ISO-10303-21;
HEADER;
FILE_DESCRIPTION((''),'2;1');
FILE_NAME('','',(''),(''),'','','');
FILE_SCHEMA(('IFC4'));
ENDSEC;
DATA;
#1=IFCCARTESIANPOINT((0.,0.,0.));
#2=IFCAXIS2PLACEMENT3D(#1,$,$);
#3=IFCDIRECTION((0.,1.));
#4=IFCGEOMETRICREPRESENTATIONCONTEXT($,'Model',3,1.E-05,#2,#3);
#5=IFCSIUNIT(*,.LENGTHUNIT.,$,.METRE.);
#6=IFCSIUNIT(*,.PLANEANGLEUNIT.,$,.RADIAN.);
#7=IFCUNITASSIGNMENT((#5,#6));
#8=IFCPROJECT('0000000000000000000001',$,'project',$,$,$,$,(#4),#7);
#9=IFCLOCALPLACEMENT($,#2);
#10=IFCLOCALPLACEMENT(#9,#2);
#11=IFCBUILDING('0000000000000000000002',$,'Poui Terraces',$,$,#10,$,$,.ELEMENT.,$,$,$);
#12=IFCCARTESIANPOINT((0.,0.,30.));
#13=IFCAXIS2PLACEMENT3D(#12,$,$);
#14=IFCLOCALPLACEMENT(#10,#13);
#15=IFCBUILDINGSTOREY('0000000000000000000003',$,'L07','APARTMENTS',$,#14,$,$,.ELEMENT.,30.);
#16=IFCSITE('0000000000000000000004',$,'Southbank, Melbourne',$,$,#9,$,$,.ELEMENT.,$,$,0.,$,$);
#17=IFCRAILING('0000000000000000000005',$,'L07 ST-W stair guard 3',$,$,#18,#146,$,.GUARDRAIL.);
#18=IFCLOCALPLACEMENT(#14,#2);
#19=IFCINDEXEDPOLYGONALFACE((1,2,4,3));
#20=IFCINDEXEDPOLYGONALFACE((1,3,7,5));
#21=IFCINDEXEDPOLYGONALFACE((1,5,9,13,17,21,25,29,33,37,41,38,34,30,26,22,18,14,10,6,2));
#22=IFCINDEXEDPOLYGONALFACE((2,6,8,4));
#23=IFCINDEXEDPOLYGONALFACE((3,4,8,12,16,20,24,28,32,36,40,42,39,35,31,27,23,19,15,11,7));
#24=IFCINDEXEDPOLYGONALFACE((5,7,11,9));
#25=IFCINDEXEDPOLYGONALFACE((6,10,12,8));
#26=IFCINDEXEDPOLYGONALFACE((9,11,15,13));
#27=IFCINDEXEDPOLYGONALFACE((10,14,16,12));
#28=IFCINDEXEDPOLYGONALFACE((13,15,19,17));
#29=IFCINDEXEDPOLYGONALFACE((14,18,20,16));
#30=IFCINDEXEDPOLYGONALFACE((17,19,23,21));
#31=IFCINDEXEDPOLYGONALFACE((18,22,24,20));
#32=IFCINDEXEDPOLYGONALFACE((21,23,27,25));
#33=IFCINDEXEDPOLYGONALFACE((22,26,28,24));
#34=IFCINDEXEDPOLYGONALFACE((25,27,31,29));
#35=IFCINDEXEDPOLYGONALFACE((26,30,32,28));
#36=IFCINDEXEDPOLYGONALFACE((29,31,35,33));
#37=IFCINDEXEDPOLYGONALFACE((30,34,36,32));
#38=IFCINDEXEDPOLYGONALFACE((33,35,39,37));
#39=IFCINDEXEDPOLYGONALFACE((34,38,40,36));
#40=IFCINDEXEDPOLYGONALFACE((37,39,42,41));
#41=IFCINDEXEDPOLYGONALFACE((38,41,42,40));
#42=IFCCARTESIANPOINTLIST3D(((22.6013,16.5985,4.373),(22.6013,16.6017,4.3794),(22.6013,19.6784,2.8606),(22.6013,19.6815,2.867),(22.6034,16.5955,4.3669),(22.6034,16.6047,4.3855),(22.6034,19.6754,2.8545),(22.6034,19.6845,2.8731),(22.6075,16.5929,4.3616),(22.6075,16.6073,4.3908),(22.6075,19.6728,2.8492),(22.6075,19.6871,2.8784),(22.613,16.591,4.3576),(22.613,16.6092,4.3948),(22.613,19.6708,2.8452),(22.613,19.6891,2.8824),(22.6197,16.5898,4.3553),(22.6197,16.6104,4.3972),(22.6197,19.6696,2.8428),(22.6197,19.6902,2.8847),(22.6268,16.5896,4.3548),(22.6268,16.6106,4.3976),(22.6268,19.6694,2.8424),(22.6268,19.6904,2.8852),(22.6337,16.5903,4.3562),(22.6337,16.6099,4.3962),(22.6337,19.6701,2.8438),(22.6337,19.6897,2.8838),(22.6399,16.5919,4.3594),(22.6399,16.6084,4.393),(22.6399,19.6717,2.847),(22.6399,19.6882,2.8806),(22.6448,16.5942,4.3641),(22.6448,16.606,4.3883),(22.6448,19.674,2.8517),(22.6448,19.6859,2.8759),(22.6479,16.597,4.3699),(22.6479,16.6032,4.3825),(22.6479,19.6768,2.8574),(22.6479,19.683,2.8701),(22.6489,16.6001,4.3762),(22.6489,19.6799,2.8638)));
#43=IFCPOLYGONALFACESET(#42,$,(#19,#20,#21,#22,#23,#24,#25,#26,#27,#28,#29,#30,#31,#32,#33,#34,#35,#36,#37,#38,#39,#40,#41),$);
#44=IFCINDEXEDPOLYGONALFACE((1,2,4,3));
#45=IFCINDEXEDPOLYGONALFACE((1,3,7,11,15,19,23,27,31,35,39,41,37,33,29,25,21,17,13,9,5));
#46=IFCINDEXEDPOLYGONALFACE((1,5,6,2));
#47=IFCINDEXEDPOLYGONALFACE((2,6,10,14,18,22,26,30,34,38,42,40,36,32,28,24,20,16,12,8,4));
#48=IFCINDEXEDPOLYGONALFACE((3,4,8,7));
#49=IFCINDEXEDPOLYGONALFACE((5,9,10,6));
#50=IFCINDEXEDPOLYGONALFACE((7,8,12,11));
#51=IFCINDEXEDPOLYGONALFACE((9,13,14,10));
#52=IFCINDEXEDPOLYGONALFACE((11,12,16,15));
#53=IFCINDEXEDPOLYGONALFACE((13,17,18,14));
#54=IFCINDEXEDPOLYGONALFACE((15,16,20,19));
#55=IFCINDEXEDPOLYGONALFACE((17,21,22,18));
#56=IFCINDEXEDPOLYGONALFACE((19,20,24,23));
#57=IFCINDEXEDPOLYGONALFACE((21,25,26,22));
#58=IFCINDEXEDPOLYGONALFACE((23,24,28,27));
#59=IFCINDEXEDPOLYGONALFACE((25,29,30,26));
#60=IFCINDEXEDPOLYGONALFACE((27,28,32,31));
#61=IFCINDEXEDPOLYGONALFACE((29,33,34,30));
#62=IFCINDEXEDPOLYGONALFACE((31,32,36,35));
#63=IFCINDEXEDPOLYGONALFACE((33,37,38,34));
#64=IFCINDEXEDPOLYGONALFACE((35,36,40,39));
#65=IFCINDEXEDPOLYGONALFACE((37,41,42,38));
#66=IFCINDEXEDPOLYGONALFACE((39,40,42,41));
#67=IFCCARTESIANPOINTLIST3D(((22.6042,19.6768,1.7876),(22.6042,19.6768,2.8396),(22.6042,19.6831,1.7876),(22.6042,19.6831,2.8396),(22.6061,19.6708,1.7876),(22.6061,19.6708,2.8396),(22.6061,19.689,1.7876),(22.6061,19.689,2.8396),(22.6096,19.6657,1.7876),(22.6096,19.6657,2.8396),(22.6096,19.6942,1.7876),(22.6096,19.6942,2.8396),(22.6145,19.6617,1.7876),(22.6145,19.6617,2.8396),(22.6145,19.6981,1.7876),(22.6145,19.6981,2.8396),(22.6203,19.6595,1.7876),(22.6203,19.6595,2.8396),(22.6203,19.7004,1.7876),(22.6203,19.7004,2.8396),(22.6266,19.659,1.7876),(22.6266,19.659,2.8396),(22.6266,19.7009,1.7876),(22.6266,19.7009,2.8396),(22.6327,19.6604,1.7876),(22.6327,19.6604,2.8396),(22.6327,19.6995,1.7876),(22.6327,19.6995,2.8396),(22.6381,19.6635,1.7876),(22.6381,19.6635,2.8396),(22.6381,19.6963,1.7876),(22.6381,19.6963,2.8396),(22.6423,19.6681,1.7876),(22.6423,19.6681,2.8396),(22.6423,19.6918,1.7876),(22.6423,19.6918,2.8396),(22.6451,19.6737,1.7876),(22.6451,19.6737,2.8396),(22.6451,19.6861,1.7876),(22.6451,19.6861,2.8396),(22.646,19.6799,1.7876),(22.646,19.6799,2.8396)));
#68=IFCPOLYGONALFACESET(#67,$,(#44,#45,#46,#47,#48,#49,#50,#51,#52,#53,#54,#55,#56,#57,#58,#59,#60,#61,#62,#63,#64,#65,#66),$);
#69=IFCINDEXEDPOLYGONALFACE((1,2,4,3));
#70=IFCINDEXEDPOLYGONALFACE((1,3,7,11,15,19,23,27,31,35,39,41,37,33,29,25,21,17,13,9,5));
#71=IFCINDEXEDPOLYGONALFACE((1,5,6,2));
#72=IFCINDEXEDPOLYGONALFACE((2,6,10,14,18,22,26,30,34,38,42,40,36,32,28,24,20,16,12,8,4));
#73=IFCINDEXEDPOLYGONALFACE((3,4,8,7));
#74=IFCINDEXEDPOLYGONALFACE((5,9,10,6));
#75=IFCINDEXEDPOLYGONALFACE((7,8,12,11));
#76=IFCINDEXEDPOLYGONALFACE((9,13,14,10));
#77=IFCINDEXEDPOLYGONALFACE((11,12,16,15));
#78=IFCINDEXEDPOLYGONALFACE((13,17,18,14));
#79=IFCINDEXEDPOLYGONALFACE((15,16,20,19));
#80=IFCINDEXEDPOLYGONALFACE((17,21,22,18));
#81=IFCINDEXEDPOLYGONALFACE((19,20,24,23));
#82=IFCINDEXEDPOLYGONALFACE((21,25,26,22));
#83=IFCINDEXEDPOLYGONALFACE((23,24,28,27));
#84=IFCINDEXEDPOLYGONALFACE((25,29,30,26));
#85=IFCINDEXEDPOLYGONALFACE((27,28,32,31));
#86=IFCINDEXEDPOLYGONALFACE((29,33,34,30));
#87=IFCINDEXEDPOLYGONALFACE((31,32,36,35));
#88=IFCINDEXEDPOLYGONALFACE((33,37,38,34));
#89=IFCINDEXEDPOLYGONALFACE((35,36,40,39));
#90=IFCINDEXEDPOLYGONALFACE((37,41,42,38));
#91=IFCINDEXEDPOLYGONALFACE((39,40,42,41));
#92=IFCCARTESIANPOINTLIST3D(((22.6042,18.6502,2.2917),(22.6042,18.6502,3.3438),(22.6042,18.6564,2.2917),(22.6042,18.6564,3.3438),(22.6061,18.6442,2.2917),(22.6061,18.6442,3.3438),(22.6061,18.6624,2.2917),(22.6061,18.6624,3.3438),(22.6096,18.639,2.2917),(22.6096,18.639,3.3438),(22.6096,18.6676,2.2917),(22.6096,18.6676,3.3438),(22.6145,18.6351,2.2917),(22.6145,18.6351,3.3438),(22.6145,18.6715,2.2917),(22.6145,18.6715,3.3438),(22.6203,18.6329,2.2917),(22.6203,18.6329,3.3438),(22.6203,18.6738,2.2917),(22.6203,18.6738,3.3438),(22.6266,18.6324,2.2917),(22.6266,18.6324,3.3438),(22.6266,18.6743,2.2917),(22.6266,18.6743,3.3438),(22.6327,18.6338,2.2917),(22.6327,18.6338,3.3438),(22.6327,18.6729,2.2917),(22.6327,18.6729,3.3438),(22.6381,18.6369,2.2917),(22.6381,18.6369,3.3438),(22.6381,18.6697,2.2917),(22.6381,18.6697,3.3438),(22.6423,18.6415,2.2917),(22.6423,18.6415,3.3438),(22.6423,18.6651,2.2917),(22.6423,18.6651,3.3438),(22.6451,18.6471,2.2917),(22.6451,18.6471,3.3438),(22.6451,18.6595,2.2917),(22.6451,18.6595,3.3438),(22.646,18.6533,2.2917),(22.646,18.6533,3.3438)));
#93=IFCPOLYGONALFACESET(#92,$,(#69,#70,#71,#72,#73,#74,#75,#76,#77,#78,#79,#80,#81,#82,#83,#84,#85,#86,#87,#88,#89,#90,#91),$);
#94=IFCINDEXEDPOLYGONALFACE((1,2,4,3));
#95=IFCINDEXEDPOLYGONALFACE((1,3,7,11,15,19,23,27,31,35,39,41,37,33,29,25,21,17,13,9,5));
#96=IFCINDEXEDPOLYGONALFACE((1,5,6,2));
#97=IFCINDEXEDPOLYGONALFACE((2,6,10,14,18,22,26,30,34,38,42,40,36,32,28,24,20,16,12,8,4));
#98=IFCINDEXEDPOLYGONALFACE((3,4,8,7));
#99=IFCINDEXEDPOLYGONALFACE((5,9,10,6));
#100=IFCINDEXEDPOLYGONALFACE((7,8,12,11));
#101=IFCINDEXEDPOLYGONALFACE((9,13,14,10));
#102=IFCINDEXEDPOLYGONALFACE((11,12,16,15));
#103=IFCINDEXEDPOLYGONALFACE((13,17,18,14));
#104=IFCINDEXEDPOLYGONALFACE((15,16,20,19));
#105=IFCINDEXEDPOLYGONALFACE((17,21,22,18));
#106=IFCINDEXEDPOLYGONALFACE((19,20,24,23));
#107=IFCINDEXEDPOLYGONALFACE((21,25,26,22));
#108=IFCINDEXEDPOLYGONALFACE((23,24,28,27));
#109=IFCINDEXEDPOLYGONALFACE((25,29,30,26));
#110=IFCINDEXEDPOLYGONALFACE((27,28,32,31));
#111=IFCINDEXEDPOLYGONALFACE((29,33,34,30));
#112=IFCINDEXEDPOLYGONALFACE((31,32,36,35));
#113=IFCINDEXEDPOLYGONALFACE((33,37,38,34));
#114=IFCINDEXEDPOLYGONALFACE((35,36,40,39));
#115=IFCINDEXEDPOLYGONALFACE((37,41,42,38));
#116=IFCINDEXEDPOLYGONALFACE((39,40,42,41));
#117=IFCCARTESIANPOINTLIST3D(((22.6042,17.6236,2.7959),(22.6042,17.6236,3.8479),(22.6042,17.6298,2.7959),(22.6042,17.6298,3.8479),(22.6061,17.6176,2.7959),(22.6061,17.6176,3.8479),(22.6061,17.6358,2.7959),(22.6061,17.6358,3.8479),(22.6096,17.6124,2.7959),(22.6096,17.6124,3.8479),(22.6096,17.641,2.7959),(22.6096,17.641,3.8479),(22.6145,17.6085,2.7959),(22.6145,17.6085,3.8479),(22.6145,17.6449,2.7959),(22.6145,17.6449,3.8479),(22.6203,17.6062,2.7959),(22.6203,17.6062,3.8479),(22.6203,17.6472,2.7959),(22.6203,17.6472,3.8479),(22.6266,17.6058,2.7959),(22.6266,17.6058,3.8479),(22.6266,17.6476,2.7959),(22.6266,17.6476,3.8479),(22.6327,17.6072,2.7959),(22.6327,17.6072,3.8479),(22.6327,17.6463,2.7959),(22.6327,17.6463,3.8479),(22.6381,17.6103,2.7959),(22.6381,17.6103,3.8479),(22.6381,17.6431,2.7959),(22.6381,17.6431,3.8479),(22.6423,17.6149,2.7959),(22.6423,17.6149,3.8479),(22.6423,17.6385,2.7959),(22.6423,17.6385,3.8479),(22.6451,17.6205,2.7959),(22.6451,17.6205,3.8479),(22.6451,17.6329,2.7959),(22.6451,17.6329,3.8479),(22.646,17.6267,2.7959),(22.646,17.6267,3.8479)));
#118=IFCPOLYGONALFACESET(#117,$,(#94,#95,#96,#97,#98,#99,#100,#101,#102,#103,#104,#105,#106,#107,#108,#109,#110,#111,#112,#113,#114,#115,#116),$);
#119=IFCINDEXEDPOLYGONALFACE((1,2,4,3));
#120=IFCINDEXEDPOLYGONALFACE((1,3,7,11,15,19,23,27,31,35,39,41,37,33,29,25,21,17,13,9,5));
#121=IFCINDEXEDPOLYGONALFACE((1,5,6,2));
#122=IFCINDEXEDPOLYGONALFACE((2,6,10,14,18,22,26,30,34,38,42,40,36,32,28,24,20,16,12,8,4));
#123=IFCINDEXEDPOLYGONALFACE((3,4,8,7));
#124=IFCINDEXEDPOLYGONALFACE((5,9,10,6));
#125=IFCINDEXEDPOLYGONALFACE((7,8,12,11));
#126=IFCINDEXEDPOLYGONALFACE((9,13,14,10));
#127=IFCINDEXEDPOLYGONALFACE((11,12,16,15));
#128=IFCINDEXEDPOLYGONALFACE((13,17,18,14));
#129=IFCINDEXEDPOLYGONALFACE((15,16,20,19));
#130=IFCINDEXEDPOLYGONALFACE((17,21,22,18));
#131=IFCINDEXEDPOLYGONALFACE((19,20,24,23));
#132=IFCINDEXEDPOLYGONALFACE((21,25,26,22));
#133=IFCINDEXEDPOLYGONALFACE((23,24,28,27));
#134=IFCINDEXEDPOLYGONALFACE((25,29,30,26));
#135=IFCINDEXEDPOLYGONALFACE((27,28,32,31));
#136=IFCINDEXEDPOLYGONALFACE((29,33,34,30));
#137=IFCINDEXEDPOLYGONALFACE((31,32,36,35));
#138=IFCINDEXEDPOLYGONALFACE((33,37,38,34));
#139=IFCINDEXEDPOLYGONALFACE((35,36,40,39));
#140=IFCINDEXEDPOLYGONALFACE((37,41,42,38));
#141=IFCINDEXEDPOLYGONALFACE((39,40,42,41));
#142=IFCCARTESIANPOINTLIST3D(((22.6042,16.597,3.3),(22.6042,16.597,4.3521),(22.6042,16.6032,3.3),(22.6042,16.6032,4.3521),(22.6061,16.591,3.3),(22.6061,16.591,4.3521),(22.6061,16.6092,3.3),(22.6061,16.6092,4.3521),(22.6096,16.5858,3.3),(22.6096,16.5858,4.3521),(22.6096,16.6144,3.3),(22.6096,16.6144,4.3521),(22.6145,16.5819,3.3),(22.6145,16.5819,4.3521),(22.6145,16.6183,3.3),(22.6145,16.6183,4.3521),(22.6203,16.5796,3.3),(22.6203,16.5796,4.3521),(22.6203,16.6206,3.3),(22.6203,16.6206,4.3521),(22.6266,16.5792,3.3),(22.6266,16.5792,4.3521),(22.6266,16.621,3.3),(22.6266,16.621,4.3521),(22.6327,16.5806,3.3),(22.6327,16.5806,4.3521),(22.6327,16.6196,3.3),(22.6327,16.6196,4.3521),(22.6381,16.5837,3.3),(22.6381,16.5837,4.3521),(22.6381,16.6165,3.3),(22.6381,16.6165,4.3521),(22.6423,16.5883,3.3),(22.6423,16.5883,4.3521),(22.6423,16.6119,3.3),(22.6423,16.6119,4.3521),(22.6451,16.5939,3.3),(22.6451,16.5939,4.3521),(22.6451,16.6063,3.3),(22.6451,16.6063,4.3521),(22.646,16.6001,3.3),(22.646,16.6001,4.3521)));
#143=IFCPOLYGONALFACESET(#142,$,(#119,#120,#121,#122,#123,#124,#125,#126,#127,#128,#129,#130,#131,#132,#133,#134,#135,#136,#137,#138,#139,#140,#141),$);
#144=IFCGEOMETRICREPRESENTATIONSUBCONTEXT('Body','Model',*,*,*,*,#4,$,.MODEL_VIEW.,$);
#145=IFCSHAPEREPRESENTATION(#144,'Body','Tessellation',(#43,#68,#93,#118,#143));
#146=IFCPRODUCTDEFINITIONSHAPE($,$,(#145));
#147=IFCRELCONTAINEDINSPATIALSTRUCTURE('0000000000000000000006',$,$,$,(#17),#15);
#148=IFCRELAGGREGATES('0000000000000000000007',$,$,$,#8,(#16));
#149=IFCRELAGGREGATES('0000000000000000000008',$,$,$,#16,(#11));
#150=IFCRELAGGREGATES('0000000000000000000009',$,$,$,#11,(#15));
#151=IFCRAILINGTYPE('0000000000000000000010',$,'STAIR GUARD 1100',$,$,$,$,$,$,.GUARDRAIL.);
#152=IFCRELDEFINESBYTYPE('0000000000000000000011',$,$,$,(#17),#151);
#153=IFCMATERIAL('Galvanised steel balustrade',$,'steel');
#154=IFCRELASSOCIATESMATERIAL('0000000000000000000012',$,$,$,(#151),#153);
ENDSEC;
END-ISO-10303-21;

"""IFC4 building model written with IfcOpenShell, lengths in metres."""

from ifc_helpers import new_model, si_unit, direction, frame, origin, origin_2d, place, context, subcontext, project, spatial, circle, extrude, material, type_object, element, save


model = new_model("IFC4")

# Units and contexts
model_context = context("Model", 3, precision=1e-05, world=origin(), true_north=direction((0.0, 1.0)))
body_context = subcontext(model_context, "Body", "Model", "MODEL_VIEW")
ifc_project = project(units=[si_unit("LENGTHUNIT", "METRE"), si_unit("PLANEANGLEUNIT", "RADIAN")], contexts=[model_context])

# Site, building, storey
site_placement = place(None, origin())
site = spatial("IfcSite", under=ifc_project, at=site_placement, Name="Southbank, Melbourne", CompositionType="ELEMENT", RefElevation=0.0)
building_placement = place(site_placement, origin())
building = spatial("IfcBuilding", under=site, at=building_placement, Name="Poui Terraces", CompositionType="ELEMENT")
storey_placement = place(building_placement, frame((0.0, 0.0, 30.0)))
storey = spatial("IfcBuildingStorey", under=building, at=storey_placement, Name="L07", Description="APARTMENTS", CompositionType="ELEMENT", Elevation=30.0)

# Railing
ifc_material_1 = material(Name="Galvanised steel balustrade", Category="steel")
railing_type_1 = type_object("IfcRailingType", Name="STAIR GUARD 1100", PredefinedType="GUARDRAIL", material=ifc_material_1)
railing_1_placement = place(storey_placement, frame((22.625, 19.6799, 1.7876)))
element("IfcRailing", 1, at=railing_1_placement, inside=storey, type_object=railing_type_1, Name="L07 ST-W stair guard 3", PredefinedType="GUARDRAIL", context=body_context, shape_type="SweptSolid", body=[
    extrude(circle(Radius=0.0239, at=origin_2d()), frame((0.0, 0.0, 1.0762), z_axis=(0.0, -0.897606, 0.440798), x_axis=(1.0, 0.0, 0.0)), (0.0, 0.0, 1.0), 3.4312),
    extrude(circle(Radius=0.021, at=origin_2d()), origin(), (0.0, 0.0, 1.0), 1.052),
    extrude(circle(Radius=0.021, at=origin_2d()), frame((0.0, -1.0266, 0.5042)), (0.0, 0.0, 1.0), 1.052),
    extrude(circle(Radius=0.021, at=origin_2d()), frame((0.0, -2.0532, 1.0083)), (0.0, 0.0, 1.0), 1.052),
    extrude(circle(Radius=0.021, at=origin_2d()), frame((0.0, -3.0798, 1.5125)), (0.0, 0.0, 1.0), 1.052),
])

save(model, "model.ifc")
